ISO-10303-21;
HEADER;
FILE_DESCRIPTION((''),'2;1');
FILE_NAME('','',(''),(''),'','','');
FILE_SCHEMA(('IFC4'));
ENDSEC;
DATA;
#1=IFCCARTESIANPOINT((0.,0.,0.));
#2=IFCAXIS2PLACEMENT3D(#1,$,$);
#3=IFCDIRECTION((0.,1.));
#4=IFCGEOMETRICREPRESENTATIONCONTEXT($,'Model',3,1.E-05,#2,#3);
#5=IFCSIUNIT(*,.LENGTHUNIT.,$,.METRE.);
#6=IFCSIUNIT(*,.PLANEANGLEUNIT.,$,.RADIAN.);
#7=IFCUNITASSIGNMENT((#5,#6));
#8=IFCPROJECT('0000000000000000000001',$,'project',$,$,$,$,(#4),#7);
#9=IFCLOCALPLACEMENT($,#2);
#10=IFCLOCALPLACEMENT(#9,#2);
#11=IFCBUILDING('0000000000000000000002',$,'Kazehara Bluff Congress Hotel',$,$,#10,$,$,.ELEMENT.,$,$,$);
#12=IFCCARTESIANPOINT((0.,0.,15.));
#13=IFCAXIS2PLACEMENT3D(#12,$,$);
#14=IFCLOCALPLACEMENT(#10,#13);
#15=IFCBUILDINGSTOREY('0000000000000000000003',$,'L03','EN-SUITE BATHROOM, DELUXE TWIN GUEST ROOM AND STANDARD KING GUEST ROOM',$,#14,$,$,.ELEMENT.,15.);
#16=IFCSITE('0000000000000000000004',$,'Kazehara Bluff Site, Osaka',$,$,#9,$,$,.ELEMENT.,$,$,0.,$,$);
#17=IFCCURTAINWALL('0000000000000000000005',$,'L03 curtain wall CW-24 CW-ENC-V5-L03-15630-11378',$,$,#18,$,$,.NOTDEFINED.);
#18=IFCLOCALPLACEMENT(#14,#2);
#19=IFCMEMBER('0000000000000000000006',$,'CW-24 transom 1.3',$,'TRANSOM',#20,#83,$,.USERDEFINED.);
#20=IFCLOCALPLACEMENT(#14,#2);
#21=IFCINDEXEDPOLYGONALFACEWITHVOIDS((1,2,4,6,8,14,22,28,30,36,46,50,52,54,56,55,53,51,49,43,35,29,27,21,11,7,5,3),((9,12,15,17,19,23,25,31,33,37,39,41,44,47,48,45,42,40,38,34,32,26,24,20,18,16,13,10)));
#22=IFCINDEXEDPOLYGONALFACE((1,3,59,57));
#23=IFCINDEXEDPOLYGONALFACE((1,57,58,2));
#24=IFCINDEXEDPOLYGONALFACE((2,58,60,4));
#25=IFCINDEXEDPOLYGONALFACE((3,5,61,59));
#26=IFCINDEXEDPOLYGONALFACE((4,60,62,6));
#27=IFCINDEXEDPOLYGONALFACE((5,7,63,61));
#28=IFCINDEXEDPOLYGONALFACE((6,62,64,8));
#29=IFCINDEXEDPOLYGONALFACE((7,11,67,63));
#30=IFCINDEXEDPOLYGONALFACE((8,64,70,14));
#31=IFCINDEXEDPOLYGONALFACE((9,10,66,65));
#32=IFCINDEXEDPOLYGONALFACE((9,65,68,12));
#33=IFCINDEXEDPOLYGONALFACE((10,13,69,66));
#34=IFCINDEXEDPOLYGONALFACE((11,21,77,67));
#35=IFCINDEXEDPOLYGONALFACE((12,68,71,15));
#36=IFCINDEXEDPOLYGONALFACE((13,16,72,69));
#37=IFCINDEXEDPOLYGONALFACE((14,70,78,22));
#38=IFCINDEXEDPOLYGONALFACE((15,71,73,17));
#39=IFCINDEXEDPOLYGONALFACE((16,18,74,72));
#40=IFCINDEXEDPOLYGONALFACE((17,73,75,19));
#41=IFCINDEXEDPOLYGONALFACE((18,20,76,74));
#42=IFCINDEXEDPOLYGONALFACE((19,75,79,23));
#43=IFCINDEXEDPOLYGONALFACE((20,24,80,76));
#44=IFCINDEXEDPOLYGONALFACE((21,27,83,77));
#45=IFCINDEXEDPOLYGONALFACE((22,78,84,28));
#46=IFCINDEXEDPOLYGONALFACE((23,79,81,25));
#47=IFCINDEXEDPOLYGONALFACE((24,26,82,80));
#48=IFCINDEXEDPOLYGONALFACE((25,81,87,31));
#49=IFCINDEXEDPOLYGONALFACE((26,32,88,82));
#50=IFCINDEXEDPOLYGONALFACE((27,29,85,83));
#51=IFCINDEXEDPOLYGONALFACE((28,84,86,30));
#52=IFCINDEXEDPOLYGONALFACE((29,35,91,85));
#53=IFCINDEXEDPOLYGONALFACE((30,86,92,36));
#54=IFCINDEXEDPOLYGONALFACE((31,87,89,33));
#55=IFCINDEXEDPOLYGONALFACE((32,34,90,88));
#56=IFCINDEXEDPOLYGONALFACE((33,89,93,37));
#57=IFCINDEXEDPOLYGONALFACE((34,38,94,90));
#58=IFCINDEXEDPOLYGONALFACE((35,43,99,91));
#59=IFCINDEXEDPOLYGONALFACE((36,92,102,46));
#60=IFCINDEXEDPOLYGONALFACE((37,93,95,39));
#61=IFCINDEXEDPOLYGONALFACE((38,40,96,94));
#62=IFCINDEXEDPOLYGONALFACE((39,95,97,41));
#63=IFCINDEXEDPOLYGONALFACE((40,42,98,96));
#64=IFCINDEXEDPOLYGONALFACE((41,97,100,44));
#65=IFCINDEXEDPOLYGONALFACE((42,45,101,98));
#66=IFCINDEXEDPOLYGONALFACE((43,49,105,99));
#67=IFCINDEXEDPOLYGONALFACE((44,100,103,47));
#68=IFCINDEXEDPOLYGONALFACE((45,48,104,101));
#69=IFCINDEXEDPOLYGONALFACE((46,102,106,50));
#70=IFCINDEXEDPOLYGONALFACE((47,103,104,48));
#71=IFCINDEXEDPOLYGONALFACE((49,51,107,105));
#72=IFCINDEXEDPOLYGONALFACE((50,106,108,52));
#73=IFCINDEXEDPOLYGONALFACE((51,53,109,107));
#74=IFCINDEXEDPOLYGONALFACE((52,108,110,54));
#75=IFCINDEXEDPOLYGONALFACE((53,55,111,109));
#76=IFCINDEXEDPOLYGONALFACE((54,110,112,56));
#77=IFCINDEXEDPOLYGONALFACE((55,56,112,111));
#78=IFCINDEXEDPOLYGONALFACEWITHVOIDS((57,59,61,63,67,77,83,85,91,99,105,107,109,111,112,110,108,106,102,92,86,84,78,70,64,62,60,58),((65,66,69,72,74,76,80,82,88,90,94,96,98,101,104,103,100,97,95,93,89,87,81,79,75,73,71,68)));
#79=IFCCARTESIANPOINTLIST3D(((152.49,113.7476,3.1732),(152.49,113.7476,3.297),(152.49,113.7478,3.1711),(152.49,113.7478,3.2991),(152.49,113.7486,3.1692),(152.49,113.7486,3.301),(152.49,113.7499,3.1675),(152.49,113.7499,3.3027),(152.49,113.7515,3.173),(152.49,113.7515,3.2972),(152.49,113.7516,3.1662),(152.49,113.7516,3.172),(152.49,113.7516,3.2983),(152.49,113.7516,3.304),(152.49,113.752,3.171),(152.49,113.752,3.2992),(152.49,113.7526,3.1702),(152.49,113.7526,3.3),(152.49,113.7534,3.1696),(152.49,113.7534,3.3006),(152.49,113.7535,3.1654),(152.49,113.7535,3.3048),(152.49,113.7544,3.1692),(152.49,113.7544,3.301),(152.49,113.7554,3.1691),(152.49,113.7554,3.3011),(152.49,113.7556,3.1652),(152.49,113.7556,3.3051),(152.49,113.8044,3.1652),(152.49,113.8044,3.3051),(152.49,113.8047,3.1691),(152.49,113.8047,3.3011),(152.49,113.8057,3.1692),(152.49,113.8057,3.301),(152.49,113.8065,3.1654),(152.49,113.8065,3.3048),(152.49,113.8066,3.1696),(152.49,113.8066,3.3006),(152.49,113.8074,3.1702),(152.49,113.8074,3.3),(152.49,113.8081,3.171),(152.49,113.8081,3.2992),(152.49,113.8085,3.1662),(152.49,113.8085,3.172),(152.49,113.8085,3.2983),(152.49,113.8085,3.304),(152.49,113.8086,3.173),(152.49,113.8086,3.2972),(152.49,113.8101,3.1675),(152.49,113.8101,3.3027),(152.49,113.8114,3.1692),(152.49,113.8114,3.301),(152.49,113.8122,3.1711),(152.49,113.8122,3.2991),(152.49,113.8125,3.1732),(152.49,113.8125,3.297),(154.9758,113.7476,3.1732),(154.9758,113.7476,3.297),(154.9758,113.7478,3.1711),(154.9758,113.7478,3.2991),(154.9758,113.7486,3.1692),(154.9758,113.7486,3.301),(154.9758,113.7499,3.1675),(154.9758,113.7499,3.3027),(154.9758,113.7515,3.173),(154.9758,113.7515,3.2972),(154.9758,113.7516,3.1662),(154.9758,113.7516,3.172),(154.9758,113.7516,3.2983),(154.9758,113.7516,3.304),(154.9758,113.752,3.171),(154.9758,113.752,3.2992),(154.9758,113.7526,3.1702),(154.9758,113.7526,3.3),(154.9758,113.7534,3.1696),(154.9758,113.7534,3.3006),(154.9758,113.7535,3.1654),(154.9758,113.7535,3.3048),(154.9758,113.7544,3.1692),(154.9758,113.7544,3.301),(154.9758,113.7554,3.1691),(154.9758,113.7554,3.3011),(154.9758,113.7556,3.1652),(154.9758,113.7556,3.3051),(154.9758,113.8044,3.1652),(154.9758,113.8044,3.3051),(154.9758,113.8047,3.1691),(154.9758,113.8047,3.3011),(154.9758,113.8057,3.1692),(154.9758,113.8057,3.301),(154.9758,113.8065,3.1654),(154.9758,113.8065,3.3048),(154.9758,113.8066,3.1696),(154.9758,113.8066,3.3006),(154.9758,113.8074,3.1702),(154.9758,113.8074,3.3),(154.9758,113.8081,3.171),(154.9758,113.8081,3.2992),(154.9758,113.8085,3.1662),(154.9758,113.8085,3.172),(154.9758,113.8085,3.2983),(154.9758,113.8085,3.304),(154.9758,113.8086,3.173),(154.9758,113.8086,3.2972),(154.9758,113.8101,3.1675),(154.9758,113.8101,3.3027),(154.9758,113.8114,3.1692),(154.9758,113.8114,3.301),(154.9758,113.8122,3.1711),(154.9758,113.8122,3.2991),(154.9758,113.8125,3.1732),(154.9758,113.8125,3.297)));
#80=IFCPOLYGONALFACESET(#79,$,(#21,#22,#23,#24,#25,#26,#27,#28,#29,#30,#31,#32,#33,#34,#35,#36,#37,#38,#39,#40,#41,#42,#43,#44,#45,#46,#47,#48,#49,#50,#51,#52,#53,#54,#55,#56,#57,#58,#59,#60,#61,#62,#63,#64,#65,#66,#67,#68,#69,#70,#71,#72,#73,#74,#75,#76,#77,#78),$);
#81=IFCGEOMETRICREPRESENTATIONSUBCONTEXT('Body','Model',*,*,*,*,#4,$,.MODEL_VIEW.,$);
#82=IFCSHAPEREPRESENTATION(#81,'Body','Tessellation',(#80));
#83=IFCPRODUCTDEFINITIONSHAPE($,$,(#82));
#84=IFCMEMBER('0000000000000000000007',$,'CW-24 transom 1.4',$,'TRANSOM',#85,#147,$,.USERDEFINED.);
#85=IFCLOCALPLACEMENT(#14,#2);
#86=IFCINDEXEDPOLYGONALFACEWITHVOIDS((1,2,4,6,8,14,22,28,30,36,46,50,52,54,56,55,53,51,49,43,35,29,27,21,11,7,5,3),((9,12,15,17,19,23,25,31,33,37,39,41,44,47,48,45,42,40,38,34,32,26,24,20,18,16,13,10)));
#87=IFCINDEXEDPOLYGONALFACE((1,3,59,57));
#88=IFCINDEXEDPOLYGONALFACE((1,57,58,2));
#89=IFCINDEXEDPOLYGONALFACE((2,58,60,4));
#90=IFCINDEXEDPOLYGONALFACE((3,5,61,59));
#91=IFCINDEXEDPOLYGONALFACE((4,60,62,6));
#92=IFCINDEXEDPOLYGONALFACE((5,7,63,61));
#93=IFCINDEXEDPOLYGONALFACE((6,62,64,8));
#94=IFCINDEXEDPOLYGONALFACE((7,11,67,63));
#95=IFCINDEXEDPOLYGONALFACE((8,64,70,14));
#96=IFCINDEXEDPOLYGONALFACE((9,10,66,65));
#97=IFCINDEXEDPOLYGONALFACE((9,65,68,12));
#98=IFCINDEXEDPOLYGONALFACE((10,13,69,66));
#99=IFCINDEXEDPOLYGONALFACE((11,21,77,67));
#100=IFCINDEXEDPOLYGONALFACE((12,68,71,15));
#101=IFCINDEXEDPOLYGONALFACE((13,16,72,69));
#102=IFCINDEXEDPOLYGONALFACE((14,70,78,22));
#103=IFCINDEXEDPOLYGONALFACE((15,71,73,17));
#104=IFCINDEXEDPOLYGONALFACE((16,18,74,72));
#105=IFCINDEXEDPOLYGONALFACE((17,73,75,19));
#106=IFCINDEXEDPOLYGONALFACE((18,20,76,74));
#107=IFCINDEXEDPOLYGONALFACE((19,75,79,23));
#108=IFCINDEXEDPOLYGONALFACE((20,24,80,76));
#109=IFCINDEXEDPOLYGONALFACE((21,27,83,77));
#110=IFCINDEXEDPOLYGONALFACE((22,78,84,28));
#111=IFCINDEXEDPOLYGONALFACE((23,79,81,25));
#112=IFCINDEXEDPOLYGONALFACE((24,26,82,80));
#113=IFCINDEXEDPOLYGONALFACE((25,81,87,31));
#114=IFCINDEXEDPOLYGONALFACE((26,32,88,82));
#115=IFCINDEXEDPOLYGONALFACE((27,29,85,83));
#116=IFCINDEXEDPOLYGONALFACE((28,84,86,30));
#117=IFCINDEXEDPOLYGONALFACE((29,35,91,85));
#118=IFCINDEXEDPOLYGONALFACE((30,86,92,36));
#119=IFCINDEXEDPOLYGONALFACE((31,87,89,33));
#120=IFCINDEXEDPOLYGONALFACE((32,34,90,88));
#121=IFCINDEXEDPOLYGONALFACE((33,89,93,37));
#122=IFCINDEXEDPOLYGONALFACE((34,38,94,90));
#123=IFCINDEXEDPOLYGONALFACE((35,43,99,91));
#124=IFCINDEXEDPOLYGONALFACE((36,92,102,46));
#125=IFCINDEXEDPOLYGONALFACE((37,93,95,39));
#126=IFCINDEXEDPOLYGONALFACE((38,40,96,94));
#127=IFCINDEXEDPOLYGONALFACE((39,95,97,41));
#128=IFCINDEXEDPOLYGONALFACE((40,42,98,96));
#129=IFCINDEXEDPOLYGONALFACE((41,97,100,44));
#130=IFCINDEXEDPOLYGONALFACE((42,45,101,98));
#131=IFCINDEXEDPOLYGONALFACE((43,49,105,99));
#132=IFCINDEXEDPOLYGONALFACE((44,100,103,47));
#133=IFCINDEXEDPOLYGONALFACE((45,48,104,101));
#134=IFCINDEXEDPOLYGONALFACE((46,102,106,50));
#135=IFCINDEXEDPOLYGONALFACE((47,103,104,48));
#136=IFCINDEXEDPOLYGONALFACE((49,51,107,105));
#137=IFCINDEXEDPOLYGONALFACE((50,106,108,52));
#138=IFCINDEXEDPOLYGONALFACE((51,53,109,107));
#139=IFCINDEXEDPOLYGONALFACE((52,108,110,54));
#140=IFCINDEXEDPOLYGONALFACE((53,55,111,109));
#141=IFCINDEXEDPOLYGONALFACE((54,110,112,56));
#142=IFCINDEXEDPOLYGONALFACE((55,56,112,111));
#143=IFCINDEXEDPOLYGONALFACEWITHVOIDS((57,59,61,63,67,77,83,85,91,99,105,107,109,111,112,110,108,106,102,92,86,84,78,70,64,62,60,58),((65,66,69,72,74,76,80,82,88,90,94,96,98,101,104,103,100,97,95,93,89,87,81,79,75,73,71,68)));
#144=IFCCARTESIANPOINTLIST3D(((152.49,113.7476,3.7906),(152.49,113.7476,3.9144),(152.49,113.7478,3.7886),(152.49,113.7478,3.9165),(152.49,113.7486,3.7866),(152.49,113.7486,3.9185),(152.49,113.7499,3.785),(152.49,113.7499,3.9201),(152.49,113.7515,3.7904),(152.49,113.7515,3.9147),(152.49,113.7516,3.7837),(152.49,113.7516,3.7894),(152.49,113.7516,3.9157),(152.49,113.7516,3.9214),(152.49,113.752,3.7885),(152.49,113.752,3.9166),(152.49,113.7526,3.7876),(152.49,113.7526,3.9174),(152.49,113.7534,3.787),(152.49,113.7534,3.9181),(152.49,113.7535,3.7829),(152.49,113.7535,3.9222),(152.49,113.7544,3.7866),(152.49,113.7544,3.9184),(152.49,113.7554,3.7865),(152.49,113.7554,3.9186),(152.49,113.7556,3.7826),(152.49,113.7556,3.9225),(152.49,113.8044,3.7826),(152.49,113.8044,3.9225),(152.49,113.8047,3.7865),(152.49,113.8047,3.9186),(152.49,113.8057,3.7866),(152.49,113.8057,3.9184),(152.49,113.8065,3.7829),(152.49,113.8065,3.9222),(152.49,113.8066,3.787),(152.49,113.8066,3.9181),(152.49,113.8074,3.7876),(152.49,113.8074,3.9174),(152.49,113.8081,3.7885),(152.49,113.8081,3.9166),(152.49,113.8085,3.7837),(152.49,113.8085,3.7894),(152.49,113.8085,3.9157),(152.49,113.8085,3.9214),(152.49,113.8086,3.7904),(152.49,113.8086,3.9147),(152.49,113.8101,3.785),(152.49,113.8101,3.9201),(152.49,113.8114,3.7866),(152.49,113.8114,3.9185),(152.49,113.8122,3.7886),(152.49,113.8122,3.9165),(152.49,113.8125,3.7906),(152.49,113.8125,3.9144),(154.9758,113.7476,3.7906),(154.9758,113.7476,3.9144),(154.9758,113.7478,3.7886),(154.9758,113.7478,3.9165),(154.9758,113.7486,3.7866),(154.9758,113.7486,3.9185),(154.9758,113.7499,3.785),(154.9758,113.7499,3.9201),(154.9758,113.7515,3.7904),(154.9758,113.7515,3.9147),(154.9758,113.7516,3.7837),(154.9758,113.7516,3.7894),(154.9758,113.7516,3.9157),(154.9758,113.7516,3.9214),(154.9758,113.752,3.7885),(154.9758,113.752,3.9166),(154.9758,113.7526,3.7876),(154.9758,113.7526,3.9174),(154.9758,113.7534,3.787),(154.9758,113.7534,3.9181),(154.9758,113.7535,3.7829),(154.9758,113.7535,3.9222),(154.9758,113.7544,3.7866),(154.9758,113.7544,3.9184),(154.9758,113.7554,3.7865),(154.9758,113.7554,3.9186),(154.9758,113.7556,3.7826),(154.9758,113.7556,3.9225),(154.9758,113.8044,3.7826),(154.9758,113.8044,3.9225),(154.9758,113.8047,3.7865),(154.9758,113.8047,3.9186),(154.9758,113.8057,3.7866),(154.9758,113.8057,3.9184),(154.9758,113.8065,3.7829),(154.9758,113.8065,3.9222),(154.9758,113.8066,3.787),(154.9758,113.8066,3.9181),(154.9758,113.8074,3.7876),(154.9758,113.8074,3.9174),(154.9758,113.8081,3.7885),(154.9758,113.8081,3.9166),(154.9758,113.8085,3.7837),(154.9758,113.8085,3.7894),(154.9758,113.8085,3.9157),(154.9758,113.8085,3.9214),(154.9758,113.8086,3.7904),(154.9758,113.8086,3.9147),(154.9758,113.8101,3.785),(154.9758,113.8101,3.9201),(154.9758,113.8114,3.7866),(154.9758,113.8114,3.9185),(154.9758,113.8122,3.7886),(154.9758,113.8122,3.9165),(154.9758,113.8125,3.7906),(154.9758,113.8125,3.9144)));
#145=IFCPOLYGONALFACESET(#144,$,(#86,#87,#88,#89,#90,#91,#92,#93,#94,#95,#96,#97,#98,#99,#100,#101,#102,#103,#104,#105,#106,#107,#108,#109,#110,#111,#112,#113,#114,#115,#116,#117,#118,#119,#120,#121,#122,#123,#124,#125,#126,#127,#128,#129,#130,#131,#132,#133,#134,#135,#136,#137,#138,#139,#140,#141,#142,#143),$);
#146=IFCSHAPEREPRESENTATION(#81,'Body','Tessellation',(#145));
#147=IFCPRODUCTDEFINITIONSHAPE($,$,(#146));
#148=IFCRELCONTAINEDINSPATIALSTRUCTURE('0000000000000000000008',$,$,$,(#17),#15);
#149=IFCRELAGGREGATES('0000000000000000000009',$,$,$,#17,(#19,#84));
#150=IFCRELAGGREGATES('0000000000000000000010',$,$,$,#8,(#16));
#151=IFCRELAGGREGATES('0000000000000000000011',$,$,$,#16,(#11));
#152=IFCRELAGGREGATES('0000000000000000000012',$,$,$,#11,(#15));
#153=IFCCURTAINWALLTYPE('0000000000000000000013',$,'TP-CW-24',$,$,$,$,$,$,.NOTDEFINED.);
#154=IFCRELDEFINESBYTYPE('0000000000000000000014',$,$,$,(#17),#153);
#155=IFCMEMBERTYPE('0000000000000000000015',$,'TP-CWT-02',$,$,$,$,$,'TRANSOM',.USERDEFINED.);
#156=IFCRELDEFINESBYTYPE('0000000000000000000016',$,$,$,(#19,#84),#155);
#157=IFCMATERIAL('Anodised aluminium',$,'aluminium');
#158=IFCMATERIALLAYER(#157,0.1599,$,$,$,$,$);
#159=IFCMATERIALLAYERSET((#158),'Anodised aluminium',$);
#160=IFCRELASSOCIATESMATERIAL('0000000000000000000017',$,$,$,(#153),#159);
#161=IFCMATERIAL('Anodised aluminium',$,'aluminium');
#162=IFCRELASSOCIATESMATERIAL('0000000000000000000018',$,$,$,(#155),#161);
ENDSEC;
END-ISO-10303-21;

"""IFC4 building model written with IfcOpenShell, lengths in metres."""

from ifc_helpers import new_model, si_unit, direction, frame, origin, origin_2d, place, context, subcontext, project, spatial, hollow_rectangle, extrude, material, layer, layer_set, material_profile, profile_set, type_object, element, aggregate, save


model = new_model("IFC4")

# Units and contexts
model_context = context("Model", 3, precision=1e-05, world=origin(), true_north=direction((0.0, 1.0)))
body_context = subcontext(model_context, "Body", "Model", "MODEL_VIEW")
ifc_project = project(units=[si_unit("LENGTHUNIT", "METRE"), si_unit("PLANEANGLEUNIT", "RADIAN")], contexts=[model_context])

# Site, building, storey
site_placement = place(None, origin())
site = spatial("IfcSite", under=ifc_project, at=site_placement, Name="Kazehara Bluff Site, Osaka", CompositionType="ELEMENT", RefElevation=0.0)
building_placement = place(site_placement, origin())
building = spatial("IfcBuilding", under=site, at=building_placement, Name="Kazehara Bluff Congress Hotel", CompositionType="ELEMENT")
storey_placement = place(building_placement, frame((0.0, 0.0, 15.0)))
storey = spatial("IfcBuildingStorey", under=building, at=storey_placement, Name="L03", Description="EN-SUITE BATHROOM, DELUXE TWIN GUEST ROOM AND STANDARD KING GUEST ROOM", CompositionType="ELEMENT", Elevation=15.0)

# Shared definitions
ifc_material_1 = material(Name="Anodised aluminium", Category="aluminium")
ifc_layer_1 = layer(ifc_material_1, 0.1599)
ifc_layer_set_1 = layer_set([ifc_layer_1], Name="Anodised aluminium")
curtain_wall_type = type_object("IfcCurtainWallType", Name="TP-CW-24", PredefinedType="NOTDEFINED", material=ifc_layer_set_1)

# Curtain wall
curtain_wall_1_placement = place(storey_placement, origin())
curtain_wall_1 = element("IfcCurtainWall", 1, at=curtain_wall_1_placement, inside=storey, type_object=curtain_wall_type, Name="L03 curtain wall CW-24 CW-ENC-V5-L03-15630-11378", PredefinedType="NOTDEFINED")

# Members
ifc_material_2 = material(Name="Anodised aluminium", Category="aluminium")
ifc_material_profile_1 = material_profile(ifc_material_2, hollow_rectangle(XDim=0.0649, YDim=0.1399, WallThickness=0.0039, InnerFilletRadius=0.0039, OuterFilletRadius=0.0081, at=origin_2d()))
ifc_profile_set_1 = profile_set([ifc_material_profile_1], Name="Anodised aluminium")
member_type_1 = type_object("IfcMemberType", Name="TP-CWT-02", ElementType="TRANSOM", PredefinedType="USERDEFINED", material=ifc_profile_set_1)
member_1_placement = place(storey_placement, frame((152.49, 113.78, 3.2351), z_axis=(1.0, 0.0, 0.0), x_axis=(0.0, 1.0, 0.0)))
member_1 = element("IfcMember", 2, at=member_1_placement, type_object=member_type_1, Name="CW-24 transom 1.3", ObjectType="TRANSOM", PredefinedType="USERDEFINED", context=body_context, shape_type="SweptSolid", body=[
    extrude(hollow_rectangle(XDim=0.0649, YDim=0.1399, WallThickness=0.0039, InnerFilletRadius=0.0039, OuterFilletRadius=0.0081, at=origin_2d()), origin(), (0.0, 0.0, 1.0), 2.4858),
])
member_2_placement = place(storey_placement, frame((152.49, 113.78, 3.8525), z_axis=(1.0, 0.0, 0.0), x_axis=(0.0, 1.0, 0.0)))
member_2 = element("IfcMember", 3, at=member_2_placement, type_object=member_type_1, Name="CW-24 transom 1.4", ObjectType="TRANSOM", PredefinedType="USERDEFINED", context=body_context, shape_type="SweptSolid", body=[
    extrude(hollow_rectangle(XDim=0.0649, YDim=0.1399, WallThickness=0.0039, InnerFilletRadius=0.0039, OuterFilletRadius=0.0081, at=origin_2d()), origin(), (0.0, 0.0, 1.0), 2.4858),
])

aggregate(curtain_wall_1, [member_1, member_2])

save(model, "model.ifc")
